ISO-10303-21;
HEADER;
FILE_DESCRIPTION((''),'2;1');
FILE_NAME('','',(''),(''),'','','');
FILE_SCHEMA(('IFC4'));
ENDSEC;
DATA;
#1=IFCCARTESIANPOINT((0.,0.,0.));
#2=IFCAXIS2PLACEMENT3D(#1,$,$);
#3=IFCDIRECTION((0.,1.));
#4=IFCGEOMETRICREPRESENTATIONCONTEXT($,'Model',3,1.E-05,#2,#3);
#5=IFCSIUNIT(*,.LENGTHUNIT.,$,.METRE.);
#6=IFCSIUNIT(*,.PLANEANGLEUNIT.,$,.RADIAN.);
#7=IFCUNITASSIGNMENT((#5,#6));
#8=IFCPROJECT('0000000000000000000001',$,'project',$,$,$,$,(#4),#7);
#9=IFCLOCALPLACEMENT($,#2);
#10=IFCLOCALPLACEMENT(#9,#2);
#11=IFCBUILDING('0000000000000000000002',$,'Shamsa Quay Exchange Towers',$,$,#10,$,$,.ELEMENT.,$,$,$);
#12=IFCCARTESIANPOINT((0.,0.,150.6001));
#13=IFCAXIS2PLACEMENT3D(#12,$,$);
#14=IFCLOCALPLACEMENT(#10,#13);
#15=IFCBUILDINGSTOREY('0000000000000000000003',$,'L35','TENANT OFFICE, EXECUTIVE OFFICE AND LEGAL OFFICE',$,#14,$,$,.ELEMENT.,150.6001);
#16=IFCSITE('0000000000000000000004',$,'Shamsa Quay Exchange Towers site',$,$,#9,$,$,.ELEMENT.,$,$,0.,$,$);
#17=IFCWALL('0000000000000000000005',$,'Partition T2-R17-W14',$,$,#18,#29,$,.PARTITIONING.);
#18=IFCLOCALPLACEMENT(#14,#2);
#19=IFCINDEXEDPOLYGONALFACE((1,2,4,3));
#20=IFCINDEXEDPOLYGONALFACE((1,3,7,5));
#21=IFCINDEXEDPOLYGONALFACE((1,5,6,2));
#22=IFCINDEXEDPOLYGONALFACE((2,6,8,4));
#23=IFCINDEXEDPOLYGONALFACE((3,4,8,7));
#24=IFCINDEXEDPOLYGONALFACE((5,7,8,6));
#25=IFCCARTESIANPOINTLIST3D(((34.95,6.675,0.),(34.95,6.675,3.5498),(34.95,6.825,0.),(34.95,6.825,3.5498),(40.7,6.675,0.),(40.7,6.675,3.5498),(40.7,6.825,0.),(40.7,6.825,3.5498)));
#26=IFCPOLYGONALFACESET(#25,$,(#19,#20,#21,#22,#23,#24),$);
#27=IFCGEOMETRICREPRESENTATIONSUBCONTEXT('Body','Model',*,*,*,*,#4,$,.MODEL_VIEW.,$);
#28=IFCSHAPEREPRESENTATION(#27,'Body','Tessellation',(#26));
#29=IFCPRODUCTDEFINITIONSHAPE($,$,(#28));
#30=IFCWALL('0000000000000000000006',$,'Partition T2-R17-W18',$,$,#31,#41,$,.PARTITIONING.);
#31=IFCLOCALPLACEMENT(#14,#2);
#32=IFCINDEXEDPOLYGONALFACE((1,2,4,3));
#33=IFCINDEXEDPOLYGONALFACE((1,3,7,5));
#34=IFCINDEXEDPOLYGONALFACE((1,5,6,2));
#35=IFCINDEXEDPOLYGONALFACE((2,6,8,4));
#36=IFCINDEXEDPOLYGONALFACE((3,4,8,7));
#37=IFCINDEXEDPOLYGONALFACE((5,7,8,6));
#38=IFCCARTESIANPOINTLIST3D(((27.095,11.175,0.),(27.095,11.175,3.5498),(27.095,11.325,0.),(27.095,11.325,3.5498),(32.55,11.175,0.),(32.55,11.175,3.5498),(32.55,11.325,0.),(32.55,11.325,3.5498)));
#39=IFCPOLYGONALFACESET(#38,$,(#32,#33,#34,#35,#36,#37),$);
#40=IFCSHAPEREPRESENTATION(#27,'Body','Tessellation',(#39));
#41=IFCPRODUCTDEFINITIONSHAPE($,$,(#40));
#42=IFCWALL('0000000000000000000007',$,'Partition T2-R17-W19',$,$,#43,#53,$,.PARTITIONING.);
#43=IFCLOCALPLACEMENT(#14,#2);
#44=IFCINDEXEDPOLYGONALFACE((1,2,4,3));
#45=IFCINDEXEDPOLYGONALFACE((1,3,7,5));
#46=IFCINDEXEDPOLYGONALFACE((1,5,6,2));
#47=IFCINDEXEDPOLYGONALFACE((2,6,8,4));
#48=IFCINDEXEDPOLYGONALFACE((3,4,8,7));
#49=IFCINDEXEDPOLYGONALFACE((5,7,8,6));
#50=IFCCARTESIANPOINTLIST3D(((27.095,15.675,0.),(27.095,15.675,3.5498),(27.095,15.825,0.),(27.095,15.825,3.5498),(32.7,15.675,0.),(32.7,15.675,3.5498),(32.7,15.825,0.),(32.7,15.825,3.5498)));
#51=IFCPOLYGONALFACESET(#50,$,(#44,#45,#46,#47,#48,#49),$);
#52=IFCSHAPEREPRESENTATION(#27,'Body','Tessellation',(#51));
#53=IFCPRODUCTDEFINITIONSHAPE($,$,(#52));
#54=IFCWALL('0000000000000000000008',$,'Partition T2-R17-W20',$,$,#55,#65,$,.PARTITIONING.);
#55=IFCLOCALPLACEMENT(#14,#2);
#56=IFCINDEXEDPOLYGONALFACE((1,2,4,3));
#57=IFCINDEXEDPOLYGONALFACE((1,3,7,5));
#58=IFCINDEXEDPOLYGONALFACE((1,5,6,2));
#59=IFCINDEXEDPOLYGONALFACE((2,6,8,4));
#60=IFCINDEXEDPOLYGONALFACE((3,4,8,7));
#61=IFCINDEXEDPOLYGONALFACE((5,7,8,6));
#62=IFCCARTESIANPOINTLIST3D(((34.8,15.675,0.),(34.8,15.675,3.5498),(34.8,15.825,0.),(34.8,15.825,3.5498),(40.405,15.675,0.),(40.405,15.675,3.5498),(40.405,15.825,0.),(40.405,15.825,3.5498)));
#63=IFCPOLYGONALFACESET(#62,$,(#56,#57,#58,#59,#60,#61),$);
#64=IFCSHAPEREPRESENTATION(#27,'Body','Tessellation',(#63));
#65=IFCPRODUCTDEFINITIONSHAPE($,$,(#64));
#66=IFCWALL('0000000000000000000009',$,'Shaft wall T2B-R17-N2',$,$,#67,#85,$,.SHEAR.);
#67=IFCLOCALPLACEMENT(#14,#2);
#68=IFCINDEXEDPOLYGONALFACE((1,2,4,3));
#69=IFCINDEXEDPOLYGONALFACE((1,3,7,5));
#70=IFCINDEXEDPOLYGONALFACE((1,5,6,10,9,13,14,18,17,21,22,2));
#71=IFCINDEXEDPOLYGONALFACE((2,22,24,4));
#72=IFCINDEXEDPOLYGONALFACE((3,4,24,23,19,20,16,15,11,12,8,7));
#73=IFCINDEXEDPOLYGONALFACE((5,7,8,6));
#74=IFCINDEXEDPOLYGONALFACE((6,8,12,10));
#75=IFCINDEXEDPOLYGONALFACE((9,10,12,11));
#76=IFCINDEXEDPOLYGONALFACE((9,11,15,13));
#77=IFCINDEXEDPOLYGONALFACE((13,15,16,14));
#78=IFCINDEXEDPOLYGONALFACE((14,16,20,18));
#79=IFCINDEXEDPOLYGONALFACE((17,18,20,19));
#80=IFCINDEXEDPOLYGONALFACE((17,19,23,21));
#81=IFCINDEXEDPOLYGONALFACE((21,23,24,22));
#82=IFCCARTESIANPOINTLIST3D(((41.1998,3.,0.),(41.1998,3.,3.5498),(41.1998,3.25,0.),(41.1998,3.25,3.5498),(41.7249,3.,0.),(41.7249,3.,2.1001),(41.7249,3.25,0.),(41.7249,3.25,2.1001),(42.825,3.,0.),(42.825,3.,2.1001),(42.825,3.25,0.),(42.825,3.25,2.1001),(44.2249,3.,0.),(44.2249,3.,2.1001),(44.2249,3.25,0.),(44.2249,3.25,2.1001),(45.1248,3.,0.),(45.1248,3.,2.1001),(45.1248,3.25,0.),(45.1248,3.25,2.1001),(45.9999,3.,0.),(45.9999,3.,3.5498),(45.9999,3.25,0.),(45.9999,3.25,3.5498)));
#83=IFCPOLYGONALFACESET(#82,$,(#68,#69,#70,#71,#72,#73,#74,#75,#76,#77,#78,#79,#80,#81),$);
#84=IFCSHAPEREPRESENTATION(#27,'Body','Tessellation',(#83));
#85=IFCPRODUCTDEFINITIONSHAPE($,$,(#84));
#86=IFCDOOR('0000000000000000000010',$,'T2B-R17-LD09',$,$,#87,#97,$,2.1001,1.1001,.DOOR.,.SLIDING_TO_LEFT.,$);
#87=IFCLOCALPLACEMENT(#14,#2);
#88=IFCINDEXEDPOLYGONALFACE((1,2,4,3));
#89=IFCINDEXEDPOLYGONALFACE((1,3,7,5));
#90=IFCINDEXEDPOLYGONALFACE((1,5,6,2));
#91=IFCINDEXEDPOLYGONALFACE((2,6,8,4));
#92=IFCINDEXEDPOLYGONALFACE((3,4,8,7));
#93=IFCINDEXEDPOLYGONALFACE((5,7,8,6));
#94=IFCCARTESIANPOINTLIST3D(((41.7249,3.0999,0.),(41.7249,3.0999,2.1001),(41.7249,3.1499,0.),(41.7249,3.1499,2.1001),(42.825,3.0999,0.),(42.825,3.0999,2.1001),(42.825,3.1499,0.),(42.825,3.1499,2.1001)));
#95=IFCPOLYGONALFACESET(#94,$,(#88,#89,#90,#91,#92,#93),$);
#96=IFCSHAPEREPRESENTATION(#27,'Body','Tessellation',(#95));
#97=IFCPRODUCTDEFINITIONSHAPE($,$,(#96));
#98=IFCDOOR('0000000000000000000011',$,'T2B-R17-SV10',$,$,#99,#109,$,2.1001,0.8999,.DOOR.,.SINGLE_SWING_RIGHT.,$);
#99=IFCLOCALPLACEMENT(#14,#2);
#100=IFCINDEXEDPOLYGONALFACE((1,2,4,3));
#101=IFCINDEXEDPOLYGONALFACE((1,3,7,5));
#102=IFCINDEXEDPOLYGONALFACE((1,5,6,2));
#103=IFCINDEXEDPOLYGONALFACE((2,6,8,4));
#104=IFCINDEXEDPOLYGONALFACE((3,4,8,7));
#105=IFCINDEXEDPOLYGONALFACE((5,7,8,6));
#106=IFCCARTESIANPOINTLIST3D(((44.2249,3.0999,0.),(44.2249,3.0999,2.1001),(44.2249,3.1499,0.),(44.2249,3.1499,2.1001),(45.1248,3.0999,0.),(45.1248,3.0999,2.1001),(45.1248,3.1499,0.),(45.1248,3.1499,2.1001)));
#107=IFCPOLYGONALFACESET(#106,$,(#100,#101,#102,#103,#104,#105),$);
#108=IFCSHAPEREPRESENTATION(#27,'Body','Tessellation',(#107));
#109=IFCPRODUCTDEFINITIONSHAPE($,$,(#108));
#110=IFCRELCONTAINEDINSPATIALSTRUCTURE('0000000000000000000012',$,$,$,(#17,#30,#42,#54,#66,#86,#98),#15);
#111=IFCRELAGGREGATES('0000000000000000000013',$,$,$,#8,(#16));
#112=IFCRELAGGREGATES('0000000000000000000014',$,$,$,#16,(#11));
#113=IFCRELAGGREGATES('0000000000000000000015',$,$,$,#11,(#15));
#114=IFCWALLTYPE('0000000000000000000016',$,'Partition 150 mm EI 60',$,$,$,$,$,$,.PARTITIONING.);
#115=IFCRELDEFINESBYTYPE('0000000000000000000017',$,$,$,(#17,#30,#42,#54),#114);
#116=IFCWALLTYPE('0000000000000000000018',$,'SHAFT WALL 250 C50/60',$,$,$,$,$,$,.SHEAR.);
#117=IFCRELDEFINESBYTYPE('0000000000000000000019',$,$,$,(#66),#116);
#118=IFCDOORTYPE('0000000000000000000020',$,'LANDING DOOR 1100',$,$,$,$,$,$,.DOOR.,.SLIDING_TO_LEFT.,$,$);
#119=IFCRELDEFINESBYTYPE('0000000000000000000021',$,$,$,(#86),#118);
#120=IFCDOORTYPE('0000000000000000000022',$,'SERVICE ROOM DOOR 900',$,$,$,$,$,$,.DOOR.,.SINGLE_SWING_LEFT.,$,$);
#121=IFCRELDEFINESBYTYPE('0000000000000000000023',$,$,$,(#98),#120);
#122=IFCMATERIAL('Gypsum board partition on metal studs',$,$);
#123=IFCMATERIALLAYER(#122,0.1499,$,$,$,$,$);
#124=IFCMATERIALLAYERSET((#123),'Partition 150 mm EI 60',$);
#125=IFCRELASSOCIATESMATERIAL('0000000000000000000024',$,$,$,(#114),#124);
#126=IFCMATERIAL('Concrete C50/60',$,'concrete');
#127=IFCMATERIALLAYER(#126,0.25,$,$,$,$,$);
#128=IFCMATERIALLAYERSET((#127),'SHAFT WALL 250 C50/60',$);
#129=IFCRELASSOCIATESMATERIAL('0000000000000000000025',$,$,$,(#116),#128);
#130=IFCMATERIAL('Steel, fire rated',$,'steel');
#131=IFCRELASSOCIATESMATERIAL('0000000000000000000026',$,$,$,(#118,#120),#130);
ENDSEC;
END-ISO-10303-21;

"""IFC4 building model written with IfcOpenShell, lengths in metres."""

from ifc_helpers import new_model, si_unit, direction, frame, frame_2d, origin, place, context, subcontext, project, spatial, rectangle, extrude, material, layer, layer_set, type_object, element, fill, save


model = new_model("IFC4")

# Units and contexts
model_context = context("Model", 3, precision=1e-05, world=origin(), true_north=direction((0.0, 1.0)))
body_context = subcontext(model_context, "Body", "Model", "MODEL_VIEW")
ifc_project = project(units=[si_unit("LENGTHUNIT", "METRE"), si_unit("PLANEANGLEUNIT", "RADIAN")], contexts=[model_context])

# Site, building, storey
site_placement = place(None, origin())
site = spatial("IfcSite", under=ifc_project, at=site_placement, Name="Shamsa Quay Exchange Towers site", CompositionType="ELEMENT", RefElevation=0.0)
building_placement = place(site_placement, origin())
building = spatial("IfcBuilding", under=site, at=building_placement, Name="Shamsa Quay Exchange Towers", CompositionType="ELEMENT")
storey_placement = place(building_placement, frame((0.0, 0.0, 150.6001)))
storey = spatial("IfcBuildingStorey", under=building, at=storey_placement, Name="L35", Description="TENANT OFFICE, EXECUTIVE OFFICE AND LEGAL OFFICE", CompositionType="ELEMENT", Elevation=150.6001)

# Shared definitions
ifc_material_1 = material(Name="Gypsum board partition on metal studs")
ifc_layer_1 = layer(ifc_material_1, 0.1499)
ifc_layer_set_1 = layer_set([ifc_layer_1], Name="Partition 150 mm EI 60")
wall_type_1 = type_object("IfcWallType", Name="Partition 150 mm EI 60", PredefinedType="PARTITIONING", material=ifc_layer_set_1)

# Walls
wall_1_placement = place(storey_placement, frame((40.7, 6.75, 0.0), z_axis=(0.0, 0.0, 1.0), x_axis=(-1.0, 0.0, 0.0)))
element("IfcWall", 1, at=wall_1_placement, inside=storey, type_object=wall_type_1, Name="Partition T2-R17-W14", PredefinedType="PARTITIONING", context=body_context, shape_type="SweptSolid", body=[
    extrude(rectangle(XDim=5.75, YDim=0.1499, at=frame_2d((2.875, 0.0))), origin(), (0.0, 0.0, 1.0), 3.5498),
])
wall_2_placement = place(storey_placement, frame((32.55, 11.25, 0.0), z_axis=(0.0, 0.0, 1.0), x_axis=(-1.0, 0.0, 0.0)))
element("IfcWall", 2, at=wall_2_placement, inside=storey, type_object=wall_type_1, Name="Partition T2-R17-W18", PredefinedType="PARTITIONING", context=body_context, shape_type="SweptSolid", body=[
    extrude(rectangle(XDim=5.4551, YDim=0.1499, at=frame_2d((2.7275, 0.0))), origin(), (0.0, 0.0, 1.0), 3.5498),
])
for number, where, z_axis, x_axis, name in (
    (3, (32.7, 15.75, 0.0), (0.0, 0.0, 1.0), (-1.0, 0.0, 0.0), "Partition T2-R17-W19"),
    (4, (40.405, 15.75, 0.0), (0.0, 0.0, 1.0), (-1.0, 0.0, 0.0), "Partition T2-R17-W20"),
):
    element("IfcWall", number, at=place(storey_placement, frame(where, z_axis=z_axis, x_axis=x_axis)), inside=storey, type_object=wall_type_1, Name=name, PredefinedType="PARTITIONING", context=body_context, shape_type="SweptSolid", body=[
        extrude(rectangle(XDim=5.605, YDim=0.1499, at=frame_2d((2.8025, 0.0))), origin(), (0.0, 0.0, 1.0), 3.5498),
    ])

# Wall, openings, doors
ifc_material_2 = material(Name="Concrete C50/60", Category="concrete")
ifc_layer_2 = layer(ifc_material_2, 0.25)
ifc_layer_set_2 = layer_set([ifc_layer_2], Name="SHAFT WALL 250 C50/60")
wall_type_2 = type_object("IfcWallType", Name="SHAFT WALL 250 C50/60", PredefinedType="SHEAR", material=ifc_layer_set_2)
wall_3_placement = place(storey_placement, frame((41.2, 3.125, 0.0)))
wall_3 = element("IfcWall", 5, at=wall_3_placement, inside=storey, type_object=wall_type_2, Name="Shaft wall T2B-R17-N2", PredefinedType="SHEAR", context=body_context, shape_type="SweptSolid", body=[
    extrude(rectangle(XDim=4.8, YDim=0.25, at=frame_2d((2.3999, 0.0))), origin(), (0.0, 0.0, 1.0), 3.5498),
])
opening_1_placement = place(wall_3_placement, frame((0.5249, 0.0, 0.0)))
opening_1 = element("IfcOpeningElement", 6, at=opening_1_placement, cuts=wall_3, PredefinedType="OPENING", context=body_context, shape_type="SweptSolid", body=[
    extrude(rectangle(XDim=1.1001, YDim=2.1001, at=frame_2d((0.55, 1.05))), frame((0.0, 0.135, 0.0), z_axis=(0.0, -1.0, 0.0), x_axis=(1.0, 0.0, 0.0)), (0.0, 0.0, 1.0), 0.27),
])
opening_2_placement = place(wall_3_placement, frame((3.0249, 0.0, 0.0)))
opening_2 = element("IfcOpeningElement", 7, at=opening_2_placement, cuts=wall_3, PredefinedType="OPENING", context=body_context, shape_type="SweptSolid", body=[
    extrude(rectangle(XDim=0.8999, YDim=2.1001, at=frame_2d((0.45, 1.05))), frame((0.0, 0.135, 0.0), z_axis=(0.0, -1.0, 0.0), x_axis=(1.0, 0.0, 0.0)), (0.0, 0.0, 1.0), 0.27),
])
ifc_material_3 = material(Name="Steel, fire rated", Category="steel")
door_type_1 = type_object("IfcDoorType", Name="LANDING DOOR 1100", OperationType="SLIDING_TO_LEFT", PredefinedType="DOOR", material=ifc_material_3)
door_1_placement = place(opening_1_placement, origin())
door_1 = element("IfcDoor", 8, at=door_1_placement, inside=storey, type_object=door_type_1, Name="T2B-R17-LD09", OperationType="SLIDING_TO_LEFT", OverallHeight=2.1001, OverallWidth=1.1001, PredefinedType="DOOR", context=body_context, shape_type="SweptSolid", body=[
    extrude(rectangle(XDim=1.1001, YDim=2.1001, at=frame_2d((0.55, 1.05))), frame((0.0, 0.0249, 0.0), z_axis=(0.0, -1.0, 0.0), x_axis=(1.0, 0.0, 0.0)), (0.0, 0.0, 1.0), 0.05),
])
fill(opening_1, door_1)
door_type_2 = type_object("IfcDoorType", Name="SERVICE ROOM DOOR 900", OperationType="SINGLE_SWING_LEFT", PredefinedType="DOOR", material=ifc_material_3)
door_2_placement = place(opening_2_placement, origin())
door_2 = element("IfcDoor", 9, at=door_2_placement, inside=storey, type_object=door_type_2, Name="T2B-R17-SV10", OperationType="SINGLE_SWING_RIGHT", OverallHeight=2.1001, OverallWidth=0.8999, PredefinedType="DOOR", context=body_context, shape_type="SweptSolid", body=[
    extrude(rectangle(XDim=0.8999, YDim=2.1001, at=frame_2d((0.45, 1.05))), frame((0.0, 0.0249, 0.0), z_axis=(0.0, -1.0, 0.0), x_axis=(1.0, 0.0, 0.0)), (0.0, 0.0, 1.0), 0.05),
])
fill(opening_2, door_2)

save(model, "model.ifc")
